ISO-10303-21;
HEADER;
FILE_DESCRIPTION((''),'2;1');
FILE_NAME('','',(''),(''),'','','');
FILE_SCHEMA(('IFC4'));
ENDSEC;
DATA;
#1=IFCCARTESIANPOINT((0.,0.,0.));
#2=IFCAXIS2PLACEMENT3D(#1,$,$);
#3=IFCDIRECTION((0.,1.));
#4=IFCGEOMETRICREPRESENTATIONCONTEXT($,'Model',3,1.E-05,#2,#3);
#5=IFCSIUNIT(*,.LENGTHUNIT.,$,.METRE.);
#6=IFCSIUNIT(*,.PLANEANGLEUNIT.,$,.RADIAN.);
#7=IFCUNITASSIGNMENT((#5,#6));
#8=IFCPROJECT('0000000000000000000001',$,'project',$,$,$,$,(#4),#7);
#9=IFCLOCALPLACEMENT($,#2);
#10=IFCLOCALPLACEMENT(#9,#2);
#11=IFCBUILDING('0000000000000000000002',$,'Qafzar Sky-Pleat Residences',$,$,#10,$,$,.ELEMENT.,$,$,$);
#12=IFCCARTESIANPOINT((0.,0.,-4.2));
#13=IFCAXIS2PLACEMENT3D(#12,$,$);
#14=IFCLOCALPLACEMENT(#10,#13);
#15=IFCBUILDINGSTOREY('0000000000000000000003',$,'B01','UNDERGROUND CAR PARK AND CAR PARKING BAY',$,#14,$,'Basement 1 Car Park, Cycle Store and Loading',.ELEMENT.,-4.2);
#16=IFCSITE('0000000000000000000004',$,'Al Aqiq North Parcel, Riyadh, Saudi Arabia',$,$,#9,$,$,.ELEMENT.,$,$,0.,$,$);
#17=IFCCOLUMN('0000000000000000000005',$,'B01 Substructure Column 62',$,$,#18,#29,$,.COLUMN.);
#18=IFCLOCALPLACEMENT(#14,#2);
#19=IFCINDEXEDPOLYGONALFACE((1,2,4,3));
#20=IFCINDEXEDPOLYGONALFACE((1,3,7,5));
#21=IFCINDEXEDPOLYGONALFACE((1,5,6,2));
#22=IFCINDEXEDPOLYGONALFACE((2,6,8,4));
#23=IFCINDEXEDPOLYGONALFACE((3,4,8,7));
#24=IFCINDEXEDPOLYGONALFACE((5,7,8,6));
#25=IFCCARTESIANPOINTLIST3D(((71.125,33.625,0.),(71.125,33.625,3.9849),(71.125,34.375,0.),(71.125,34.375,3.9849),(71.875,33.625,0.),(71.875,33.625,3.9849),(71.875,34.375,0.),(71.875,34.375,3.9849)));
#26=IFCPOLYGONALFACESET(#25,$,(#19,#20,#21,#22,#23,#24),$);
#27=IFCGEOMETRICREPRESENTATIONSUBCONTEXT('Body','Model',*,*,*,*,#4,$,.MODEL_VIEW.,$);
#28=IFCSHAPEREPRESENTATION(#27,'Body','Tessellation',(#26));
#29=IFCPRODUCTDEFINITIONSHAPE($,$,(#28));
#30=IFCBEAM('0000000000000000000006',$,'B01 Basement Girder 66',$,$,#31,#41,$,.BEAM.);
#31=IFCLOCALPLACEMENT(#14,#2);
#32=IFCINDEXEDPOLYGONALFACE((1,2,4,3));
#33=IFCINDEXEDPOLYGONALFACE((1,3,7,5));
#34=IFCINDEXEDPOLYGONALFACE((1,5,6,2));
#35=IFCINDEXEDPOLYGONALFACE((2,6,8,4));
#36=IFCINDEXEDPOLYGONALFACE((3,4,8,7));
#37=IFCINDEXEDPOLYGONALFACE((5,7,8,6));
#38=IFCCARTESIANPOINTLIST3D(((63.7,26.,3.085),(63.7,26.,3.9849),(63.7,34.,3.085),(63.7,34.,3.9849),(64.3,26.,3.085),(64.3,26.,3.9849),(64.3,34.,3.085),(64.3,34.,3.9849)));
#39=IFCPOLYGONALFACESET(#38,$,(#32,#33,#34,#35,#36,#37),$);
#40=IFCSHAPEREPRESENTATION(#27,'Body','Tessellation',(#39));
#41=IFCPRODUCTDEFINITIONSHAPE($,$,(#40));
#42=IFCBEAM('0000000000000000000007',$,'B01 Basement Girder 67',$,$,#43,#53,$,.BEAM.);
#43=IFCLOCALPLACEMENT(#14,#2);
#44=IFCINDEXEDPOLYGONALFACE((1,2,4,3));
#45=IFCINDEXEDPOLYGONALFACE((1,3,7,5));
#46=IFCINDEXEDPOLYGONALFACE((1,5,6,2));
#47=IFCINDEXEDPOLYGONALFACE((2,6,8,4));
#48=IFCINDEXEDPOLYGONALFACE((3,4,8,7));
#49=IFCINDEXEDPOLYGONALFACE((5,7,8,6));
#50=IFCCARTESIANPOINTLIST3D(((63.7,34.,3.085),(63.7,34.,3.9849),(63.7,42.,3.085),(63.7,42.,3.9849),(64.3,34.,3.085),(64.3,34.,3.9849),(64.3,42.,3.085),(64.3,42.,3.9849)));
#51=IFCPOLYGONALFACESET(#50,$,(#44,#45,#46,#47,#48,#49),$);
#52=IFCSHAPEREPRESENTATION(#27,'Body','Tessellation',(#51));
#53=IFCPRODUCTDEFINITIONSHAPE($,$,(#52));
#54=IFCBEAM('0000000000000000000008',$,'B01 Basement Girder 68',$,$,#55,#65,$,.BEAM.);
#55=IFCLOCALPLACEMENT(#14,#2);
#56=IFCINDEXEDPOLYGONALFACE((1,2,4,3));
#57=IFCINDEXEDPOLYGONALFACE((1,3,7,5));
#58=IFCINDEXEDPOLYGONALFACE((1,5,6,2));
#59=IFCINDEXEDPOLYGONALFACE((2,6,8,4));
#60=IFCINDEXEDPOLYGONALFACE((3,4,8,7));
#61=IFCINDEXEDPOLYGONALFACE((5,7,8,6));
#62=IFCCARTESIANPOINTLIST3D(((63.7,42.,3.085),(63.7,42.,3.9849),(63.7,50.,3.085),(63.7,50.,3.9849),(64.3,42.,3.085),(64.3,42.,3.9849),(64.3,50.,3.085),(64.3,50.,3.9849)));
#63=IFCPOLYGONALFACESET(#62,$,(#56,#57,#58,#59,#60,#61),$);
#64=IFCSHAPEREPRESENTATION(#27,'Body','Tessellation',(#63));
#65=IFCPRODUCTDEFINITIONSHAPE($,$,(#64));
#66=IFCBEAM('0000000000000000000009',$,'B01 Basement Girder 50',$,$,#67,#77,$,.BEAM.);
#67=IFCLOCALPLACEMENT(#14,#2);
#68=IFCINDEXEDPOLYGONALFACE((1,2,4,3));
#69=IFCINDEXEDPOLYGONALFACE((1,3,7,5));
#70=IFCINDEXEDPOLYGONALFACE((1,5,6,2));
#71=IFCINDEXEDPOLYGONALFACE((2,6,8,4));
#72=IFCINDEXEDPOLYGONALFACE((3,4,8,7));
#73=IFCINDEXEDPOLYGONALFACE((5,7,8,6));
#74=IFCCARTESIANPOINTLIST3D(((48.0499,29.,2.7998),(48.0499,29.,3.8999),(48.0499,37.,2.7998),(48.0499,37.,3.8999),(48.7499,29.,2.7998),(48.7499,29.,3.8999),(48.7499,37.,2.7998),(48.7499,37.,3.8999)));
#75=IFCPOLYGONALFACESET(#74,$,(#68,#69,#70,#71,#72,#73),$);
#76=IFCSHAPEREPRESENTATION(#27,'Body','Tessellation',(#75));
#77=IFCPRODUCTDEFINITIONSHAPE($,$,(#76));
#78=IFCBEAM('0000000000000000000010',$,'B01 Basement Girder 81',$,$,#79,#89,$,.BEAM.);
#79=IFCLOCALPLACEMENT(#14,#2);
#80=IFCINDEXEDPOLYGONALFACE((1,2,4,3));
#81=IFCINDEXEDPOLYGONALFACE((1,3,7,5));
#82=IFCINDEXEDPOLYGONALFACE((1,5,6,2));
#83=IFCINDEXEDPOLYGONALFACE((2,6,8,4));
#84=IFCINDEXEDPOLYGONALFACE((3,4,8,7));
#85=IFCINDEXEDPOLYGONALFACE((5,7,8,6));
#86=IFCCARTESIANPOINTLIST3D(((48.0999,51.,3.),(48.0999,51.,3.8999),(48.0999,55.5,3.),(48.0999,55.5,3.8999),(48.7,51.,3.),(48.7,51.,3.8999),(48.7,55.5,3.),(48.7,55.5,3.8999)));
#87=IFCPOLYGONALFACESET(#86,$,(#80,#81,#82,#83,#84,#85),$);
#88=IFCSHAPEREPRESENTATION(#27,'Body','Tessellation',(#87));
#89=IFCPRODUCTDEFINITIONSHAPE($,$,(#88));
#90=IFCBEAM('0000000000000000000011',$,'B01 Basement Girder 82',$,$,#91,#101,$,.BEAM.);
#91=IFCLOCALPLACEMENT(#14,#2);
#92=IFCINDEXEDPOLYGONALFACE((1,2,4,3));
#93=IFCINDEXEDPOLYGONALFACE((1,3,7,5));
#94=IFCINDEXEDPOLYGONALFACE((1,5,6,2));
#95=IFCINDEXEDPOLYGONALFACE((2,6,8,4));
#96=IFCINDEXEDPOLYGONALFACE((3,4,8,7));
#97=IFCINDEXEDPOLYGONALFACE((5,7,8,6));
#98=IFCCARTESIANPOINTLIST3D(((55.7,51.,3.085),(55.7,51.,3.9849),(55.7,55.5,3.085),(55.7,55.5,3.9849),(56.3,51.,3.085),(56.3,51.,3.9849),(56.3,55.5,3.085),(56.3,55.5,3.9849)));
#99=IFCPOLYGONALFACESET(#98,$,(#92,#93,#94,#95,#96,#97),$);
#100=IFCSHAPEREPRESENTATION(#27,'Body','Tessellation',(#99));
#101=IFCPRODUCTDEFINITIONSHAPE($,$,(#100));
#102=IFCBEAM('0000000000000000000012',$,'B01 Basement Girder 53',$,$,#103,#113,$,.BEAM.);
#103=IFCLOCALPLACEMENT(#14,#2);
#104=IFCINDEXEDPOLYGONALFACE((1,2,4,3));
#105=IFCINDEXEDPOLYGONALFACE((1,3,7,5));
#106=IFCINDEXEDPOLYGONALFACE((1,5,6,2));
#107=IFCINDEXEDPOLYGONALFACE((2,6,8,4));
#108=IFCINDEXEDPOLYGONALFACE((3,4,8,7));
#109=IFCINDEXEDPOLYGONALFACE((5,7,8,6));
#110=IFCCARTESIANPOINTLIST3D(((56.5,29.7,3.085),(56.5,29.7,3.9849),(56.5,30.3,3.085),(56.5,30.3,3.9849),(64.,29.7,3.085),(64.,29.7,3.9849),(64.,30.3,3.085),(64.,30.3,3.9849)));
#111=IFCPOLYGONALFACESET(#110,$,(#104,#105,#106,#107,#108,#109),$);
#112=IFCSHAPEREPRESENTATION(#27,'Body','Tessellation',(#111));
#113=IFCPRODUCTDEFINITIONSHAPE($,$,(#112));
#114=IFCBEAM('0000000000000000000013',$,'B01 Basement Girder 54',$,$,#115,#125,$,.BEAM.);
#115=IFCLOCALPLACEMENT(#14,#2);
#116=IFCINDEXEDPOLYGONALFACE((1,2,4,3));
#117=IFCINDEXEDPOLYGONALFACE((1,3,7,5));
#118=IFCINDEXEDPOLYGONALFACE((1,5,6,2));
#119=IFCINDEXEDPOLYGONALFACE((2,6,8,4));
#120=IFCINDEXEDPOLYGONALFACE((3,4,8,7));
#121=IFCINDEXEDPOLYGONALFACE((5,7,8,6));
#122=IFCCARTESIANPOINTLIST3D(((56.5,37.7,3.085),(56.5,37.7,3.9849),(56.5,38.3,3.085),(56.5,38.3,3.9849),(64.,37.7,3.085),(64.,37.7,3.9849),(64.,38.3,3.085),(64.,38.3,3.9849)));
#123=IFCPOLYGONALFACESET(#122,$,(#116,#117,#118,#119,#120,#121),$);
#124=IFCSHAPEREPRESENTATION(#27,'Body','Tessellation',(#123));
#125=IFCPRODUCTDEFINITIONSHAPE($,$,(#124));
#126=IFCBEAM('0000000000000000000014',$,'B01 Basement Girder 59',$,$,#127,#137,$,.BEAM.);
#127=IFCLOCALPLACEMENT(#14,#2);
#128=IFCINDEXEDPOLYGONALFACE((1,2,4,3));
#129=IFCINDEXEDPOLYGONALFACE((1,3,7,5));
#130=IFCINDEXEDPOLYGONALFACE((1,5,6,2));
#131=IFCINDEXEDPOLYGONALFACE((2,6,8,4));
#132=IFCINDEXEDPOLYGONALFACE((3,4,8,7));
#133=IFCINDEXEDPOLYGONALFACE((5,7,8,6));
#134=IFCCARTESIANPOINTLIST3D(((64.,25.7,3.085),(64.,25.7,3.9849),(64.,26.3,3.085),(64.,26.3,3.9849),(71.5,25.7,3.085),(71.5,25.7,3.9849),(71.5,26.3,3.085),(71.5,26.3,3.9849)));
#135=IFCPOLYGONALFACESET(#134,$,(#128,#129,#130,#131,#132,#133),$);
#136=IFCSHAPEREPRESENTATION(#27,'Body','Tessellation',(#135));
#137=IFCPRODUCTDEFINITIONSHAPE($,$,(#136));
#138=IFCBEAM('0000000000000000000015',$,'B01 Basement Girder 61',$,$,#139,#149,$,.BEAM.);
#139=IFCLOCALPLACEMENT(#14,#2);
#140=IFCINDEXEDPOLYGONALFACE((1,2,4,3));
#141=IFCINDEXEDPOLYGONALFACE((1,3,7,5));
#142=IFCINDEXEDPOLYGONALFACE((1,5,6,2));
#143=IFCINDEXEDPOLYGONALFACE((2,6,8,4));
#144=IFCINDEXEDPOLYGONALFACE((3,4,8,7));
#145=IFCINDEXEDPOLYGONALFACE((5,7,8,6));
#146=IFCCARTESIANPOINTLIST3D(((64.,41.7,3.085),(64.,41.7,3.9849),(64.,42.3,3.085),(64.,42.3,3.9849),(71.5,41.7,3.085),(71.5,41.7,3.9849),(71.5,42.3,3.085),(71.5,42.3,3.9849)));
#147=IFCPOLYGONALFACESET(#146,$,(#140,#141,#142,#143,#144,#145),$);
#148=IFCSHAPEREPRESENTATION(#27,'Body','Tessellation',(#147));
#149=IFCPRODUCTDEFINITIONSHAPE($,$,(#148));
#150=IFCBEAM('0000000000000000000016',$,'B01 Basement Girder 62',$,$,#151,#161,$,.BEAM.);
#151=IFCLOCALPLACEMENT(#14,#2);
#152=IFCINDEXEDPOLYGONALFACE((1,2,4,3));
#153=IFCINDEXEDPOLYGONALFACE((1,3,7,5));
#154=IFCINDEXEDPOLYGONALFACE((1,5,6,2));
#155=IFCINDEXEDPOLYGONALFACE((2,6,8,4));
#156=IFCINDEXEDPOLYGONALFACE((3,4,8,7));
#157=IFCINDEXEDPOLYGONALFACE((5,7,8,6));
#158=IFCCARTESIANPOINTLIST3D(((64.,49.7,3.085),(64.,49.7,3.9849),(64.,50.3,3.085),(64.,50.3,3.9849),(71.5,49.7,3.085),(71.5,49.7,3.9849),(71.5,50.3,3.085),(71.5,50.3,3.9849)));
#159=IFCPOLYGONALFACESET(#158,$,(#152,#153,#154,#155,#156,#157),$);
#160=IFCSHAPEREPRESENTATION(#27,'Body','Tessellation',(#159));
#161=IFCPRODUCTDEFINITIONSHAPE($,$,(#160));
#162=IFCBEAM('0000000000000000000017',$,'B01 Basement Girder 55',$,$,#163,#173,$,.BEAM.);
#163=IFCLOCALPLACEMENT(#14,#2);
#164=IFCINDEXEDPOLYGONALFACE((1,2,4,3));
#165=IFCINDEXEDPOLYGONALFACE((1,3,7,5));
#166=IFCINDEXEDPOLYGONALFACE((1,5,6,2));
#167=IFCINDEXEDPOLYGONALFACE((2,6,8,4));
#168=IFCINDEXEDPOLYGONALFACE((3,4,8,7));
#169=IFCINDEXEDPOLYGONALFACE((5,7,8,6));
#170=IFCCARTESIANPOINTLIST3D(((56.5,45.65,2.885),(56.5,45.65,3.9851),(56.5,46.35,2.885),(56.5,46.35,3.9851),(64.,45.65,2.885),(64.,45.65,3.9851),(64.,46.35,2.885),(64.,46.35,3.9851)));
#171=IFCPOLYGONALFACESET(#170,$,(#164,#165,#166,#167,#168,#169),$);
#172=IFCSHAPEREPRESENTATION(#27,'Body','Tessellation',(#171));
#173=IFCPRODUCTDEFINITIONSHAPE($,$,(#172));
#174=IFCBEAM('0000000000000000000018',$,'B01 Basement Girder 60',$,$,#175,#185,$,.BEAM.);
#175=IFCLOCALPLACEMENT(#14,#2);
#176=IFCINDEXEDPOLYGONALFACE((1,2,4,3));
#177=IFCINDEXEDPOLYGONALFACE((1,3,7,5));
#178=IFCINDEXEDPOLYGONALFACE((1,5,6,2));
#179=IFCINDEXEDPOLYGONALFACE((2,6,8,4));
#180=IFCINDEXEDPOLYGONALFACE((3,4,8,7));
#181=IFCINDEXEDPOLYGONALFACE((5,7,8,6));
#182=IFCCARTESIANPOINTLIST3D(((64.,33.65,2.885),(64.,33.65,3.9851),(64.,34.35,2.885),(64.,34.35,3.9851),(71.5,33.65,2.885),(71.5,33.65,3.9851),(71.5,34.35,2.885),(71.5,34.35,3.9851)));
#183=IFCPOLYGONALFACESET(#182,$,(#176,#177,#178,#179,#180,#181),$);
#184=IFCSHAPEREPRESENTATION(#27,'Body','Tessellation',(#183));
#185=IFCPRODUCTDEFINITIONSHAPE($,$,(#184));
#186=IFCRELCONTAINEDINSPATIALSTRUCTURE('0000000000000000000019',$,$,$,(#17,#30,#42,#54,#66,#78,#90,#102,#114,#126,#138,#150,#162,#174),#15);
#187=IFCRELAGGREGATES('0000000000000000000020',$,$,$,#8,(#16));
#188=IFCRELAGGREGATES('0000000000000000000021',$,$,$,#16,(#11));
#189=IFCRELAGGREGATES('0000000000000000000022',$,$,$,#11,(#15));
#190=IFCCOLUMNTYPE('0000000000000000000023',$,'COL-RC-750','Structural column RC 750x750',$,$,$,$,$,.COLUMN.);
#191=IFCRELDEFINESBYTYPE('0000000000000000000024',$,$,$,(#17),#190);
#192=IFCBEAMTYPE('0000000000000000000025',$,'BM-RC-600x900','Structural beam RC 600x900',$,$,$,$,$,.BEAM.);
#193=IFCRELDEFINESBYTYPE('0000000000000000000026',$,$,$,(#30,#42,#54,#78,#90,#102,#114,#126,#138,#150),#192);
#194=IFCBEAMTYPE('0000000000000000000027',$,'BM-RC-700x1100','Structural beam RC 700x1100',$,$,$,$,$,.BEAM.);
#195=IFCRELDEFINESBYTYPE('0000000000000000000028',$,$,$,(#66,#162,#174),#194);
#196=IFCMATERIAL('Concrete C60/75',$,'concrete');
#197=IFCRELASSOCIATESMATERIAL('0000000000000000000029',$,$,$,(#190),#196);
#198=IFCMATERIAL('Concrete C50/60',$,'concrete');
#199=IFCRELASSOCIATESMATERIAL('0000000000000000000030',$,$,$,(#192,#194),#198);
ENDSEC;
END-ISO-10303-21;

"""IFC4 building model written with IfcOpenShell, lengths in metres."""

from ifc_helpers import new_model, si_unit, direction, frame, origin, origin_2d, place, context, subcontext, project, spatial, rectangle, extrude, source, transform, mapped, material, material_profile, profile_set, type_object, element, save


model = new_model("IFC4")

# Units and contexts
model_context = context("Model", 3, precision=1e-05, world=origin(), true_north=direction((0.0, 1.0)))
body_context = subcontext(model_context, "Body", "Model", "MODEL_VIEW")
ifc_project = project(units=[si_unit("LENGTHUNIT", "METRE"), si_unit("PLANEANGLEUNIT", "RADIAN")], contexts=[model_context])

# Site, building, storey
site_placement = place(None, origin())
site = spatial("IfcSite", under=ifc_project, at=site_placement, Name="Al Aqiq North Parcel, Riyadh, Saudi Arabia", CompositionType="ELEMENT", RefElevation=0.0)
building_placement = place(site_placement, origin())
building = spatial("IfcBuilding", under=site, at=building_placement, Name="Qafzar Sky-Pleat Residences", CompositionType="ELEMENT")
storey_placement = place(building_placement, frame((0.0, 0.0, -4.2)))
storey = spatial("IfcBuildingStorey", under=building, at=storey_placement, Name="B01", Description="UNDERGROUND CAR PARK AND CAR PARKING BAY", LongName="Basement 1 Car Park, Cycle Store and Loading", CompositionType="ELEMENT", Elevation=-4.2)

# Column
ifc_material_1 = material(Name="Concrete C60/75", Category="concrete")
ifc_material_profile_1 = material_profile(ifc_material_1, rectangle(XDim=0.75, YDim=0.75, at=origin_2d()), Name="RC 750x750")
ifc_profile_set_1 = profile_set([ifc_material_profile_1], Name="Concrete C60/75")
column_type_1 = type_object("IfcColumnType", Name="COL-RC-750", Description="Structural column RC 750x750", PredefinedType="COLUMN", material=ifc_profile_set_1)
shared_shape_1 = source(origin(), body_context, "Body", "SweptSolid", [
    extrude(rectangle(XDim=0.75, YDim=0.75, at=origin_2d()), origin(), (0.0, 0.0, 1.0), 3.9849),
])
for number, where, z_axis, x_axis, name in (
    (1, (71.5, 34.0, 0.0), (0.0, 0.0, 1.0), (1.0, 0.0, 0.0), "B01 Substructure Column 62"),
):
    element("IfcColumn", number, at=place(storey_placement, frame(where, z_axis=z_axis, x_axis=x_axis)), inside=storey, type_object=column_type_1, Name=name, PredefinedType="COLUMN", context=body_context, shape_type="MappedRepresentation", body=[
        mapped(shared_shape_1, transform((0.0, 0.0, 0.0), x_axis=(1.0, 0.0, 0.0), y_axis=(0.0, 1.0, 0.0), z_axis=(0.0, 0.0, 1.0), scale=1.0)),
    ])

# Beams
ifc_material_2 = material(Name="Concrete C50/60", Category="concrete")
ifc_material_profile_2 = material_profile(ifc_material_2, rectangle(XDim=0.6001, YDim=0.8999, at=origin_2d()), Name="RC 600x900")
ifc_profile_set_2 = profile_set([ifc_material_profile_2], Name="Concrete C50/60")
beam_type_1 = type_object("IfcBeamType", Name="BM-RC-600x900", Description="Structural beam RC 600x900", PredefinedType="BEAM", material=ifc_profile_set_2)
shared_shape_2 = source(origin(), body_context, "Body", "SweptSolid", [
    extrude(rectangle(XDim=0.6001, YDim=0.8999, at=origin_2d()), origin(), (0.0, 0.0, 1.0), 8.0),
])
for number, where, z_axis, x_axis, name in (
    (2, (64.0, 26.0, 3.5349), (0.0, 1.0, 0.0), (-1.0, 0.0, 0.0), "B01 Basement Girder 66"),
    (3, (64.0, 34.0, 3.5349), (0.0, 1.0, 0.0), (-1.0, 0.0, 0.0), "B01 Basement Girder 67"),
    (4, (64.0, 42.0, 3.5349), (0.0, 1.0, 0.0), (-1.0, 0.0, 0.0), "B01 Basement Girder 68"),
):
    element("IfcBeam", number, at=place(storey_placement, frame(where, z_axis=z_axis, x_axis=x_axis)), inside=storey, type_object=beam_type_1, Name=name, PredefinedType="BEAM", context=body_context, shape_type="MappedRepresentation", body=[
        mapped(shared_shape_2, transform((0.0, 0.0, 0.0), x_axis=(1.0, 0.0, 0.0), y_axis=(0.0, 1.0, 0.0), z_axis=(0.0, 0.0, 1.0), scale=1.0)),
    ])
ifc_material_profile_3 = material_profile(ifc_material_2, rectangle(XDim=0.7, YDim=1.1001, at=origin_2d()), Name="RC 700x1100")
ifc_profile_set_3 = profile_set([ifc_material_profile_3], Name="Concrete C50/60")
beam_type_2 = type_object("IfcBeamType", Name="BM-RC-700x1100", Description="Structural beam RC 700x1100", PredefinedType="BEAM", material=ifc_profile_set_3)
shared_shape_3 = source(origin(), body_context, "Body", "SweptSolid", [
    extrude(rectangle(XDim=0.7, YDim=1.1001, at=origin_2d()), origin(), (0.0, 0.0, 1.0), 8.0),
])
beam_1_placement = place(storey_placement, frame((48.3999, 29.0, 3.3499), z_axis=(0.0, 1.0, 0.0), x_axis=(-1.0, 0.0, 0.0)))
element("IfcBeam", 5, at=beam_1_placement, inside=storey, type_object=beam_type_2, Name="B01 Basement Girder 50", PredefinedType="BEAM", context=body_context, shape_type="MappedRepresentation", body=[
    mapped(shared_shape_3, transform((0.0, 0.0, 0.0), x_axis=(1.0, 0.0, 0.0), y_axis=(0.0, 1.0, 0.0), z_axis=(0.0, 0.0, 1.0), scale=1.0)),
])
shared_shape_4 = source(origin(), body_context, "Body", "SweptSolid", [
    extrude(rectangle(XDim=0.6001, YDim=0.8999, at=origin_2d()), origin(), (0.0, 0.0, 1.0), 4.5),
])
for number, where, z_axis, x_axis, name in (
    (6, (48.3999, 51.0, 3.45), (0.0, 1.0, 0.0), (-1.0, 0.0, 0.0), "B01 Basement Girder 81"),
    (7, (56.0, 51.0, 3.5349), (0.0, 1.0, 0.0), (-1.0, 0.0, 0.0), "B01 Basement Girder 82"),
):
    element("IfcBeam", number, at=place(storey_placement, frame(where, z_axis=z_axis, x_axis=x_axis)), inside=storey, type_object=beam_type_1, Name=name, PredefinedType="BEAM", context=body_context, shape_type="MappedRepresentation", body=[
        mapped(shared_shape_4, transform((0.0, 0.0, 0.0), x_axis=(1.0, 0.0, 0.0), y_axis=(0.0, 1.0, 0.0), z_axis=(0.0, 0.0, 1.0), scale=1.0)),
    ])
shared_shape_5 = source(origin(), body_context, "Body", "SweptSolid", [
    extrude(rectangle(XDim=0.6001, YDim=0.8999, at=origin_2d()), origin(), (0.0, 0.0, 1.0), 7.5),
])
for number, where, z_axis, x_axis, name in (
    (8, (56.5, 30.0, 3.5349), (1.0, 0.0, 0.0), (0.0, 1.0, 0.0), "B01 Basement Girder 53"),
    (9, (56.5, 38.0, 3.5349), (1.0, 0.0, 0.0), (0.0, 1.0, 0.0), "B01 Basement Girder 54"),
    (10, (64.0, 26.0, 3.5349), (1.0, 0.0, 0.0), (0.0, 1.0, 0.0), "B01 Basement Girder 59"),
    (11, (64.0, 42.0, 3.5349), (1.0, 0.0, 0.0), (0.0, 1.0, 0.0), "B01 Basement Girder 61"),
    (12, (64.0, 50.0, 3.5349), (1.0, 0.0, 0.0), (0.0, 1.0, 0.0), "B01 Basement Girder 62"),
):
    element("IfcBeam", number, at=place(storey_placement, frame(where, z_axis=z_axis, x_axis=x_axis)), inside=storey, type_object=beam_type_1, Name=name, PredefinedType="BEAM", context=body_context, shape_type="MappedRepresentation", body=[
        mapped(shared_shape_5, transform((0.0, 0.0, 0.0), x_axis=(1.0, 0.0, 0.0), y_axis=(0.0, 1.0, 0.0), z_axis=(0.0, 0.0, 1.0), scale=1.0)),
    ])
shared_shape_6 = source(origin(), body_context, "Body", "SweptSolid", [
    extrude(rectangle(XDim=0.7, YDim=1.1001, at=origin_2d()), origin(), (0.0, 0.0, 1.0), 7.5),
])
for number, where, z_axis, x_axis, name in (
    (13, (56.5, 46.0, 3.4351), (1.0, 0.0, 0.0), (0.0, 1.0, 0.0), "B01 Basement Girder 55"),
    (14, (64.0, 34.0, 3.4351), (1.0, 0.0, 0.0), (0.0, 1.0, 0.0), "B01 Basement Girder 60"),
):
    element("IfcBeam", number, at=place(storey_placement, frame(where, z_axis=z_axis, x_axis=x_axis)), inside=storey, type_object=beam_type_2, Name=name, PredefinedType="BEAM", context=body_context, shape_type="MappedRepresentation", body=[
        mapped(shared_shape_6, transform((0.0, 0.0, 0.0), x_axis=(1.0, 0.0, 0.0), y_axis=(0.0, 1.0, 0.0), z_axis=(0.0, 0.0, 1.0), scale=1.0)),
    ])

save(model, "model.ifc")
